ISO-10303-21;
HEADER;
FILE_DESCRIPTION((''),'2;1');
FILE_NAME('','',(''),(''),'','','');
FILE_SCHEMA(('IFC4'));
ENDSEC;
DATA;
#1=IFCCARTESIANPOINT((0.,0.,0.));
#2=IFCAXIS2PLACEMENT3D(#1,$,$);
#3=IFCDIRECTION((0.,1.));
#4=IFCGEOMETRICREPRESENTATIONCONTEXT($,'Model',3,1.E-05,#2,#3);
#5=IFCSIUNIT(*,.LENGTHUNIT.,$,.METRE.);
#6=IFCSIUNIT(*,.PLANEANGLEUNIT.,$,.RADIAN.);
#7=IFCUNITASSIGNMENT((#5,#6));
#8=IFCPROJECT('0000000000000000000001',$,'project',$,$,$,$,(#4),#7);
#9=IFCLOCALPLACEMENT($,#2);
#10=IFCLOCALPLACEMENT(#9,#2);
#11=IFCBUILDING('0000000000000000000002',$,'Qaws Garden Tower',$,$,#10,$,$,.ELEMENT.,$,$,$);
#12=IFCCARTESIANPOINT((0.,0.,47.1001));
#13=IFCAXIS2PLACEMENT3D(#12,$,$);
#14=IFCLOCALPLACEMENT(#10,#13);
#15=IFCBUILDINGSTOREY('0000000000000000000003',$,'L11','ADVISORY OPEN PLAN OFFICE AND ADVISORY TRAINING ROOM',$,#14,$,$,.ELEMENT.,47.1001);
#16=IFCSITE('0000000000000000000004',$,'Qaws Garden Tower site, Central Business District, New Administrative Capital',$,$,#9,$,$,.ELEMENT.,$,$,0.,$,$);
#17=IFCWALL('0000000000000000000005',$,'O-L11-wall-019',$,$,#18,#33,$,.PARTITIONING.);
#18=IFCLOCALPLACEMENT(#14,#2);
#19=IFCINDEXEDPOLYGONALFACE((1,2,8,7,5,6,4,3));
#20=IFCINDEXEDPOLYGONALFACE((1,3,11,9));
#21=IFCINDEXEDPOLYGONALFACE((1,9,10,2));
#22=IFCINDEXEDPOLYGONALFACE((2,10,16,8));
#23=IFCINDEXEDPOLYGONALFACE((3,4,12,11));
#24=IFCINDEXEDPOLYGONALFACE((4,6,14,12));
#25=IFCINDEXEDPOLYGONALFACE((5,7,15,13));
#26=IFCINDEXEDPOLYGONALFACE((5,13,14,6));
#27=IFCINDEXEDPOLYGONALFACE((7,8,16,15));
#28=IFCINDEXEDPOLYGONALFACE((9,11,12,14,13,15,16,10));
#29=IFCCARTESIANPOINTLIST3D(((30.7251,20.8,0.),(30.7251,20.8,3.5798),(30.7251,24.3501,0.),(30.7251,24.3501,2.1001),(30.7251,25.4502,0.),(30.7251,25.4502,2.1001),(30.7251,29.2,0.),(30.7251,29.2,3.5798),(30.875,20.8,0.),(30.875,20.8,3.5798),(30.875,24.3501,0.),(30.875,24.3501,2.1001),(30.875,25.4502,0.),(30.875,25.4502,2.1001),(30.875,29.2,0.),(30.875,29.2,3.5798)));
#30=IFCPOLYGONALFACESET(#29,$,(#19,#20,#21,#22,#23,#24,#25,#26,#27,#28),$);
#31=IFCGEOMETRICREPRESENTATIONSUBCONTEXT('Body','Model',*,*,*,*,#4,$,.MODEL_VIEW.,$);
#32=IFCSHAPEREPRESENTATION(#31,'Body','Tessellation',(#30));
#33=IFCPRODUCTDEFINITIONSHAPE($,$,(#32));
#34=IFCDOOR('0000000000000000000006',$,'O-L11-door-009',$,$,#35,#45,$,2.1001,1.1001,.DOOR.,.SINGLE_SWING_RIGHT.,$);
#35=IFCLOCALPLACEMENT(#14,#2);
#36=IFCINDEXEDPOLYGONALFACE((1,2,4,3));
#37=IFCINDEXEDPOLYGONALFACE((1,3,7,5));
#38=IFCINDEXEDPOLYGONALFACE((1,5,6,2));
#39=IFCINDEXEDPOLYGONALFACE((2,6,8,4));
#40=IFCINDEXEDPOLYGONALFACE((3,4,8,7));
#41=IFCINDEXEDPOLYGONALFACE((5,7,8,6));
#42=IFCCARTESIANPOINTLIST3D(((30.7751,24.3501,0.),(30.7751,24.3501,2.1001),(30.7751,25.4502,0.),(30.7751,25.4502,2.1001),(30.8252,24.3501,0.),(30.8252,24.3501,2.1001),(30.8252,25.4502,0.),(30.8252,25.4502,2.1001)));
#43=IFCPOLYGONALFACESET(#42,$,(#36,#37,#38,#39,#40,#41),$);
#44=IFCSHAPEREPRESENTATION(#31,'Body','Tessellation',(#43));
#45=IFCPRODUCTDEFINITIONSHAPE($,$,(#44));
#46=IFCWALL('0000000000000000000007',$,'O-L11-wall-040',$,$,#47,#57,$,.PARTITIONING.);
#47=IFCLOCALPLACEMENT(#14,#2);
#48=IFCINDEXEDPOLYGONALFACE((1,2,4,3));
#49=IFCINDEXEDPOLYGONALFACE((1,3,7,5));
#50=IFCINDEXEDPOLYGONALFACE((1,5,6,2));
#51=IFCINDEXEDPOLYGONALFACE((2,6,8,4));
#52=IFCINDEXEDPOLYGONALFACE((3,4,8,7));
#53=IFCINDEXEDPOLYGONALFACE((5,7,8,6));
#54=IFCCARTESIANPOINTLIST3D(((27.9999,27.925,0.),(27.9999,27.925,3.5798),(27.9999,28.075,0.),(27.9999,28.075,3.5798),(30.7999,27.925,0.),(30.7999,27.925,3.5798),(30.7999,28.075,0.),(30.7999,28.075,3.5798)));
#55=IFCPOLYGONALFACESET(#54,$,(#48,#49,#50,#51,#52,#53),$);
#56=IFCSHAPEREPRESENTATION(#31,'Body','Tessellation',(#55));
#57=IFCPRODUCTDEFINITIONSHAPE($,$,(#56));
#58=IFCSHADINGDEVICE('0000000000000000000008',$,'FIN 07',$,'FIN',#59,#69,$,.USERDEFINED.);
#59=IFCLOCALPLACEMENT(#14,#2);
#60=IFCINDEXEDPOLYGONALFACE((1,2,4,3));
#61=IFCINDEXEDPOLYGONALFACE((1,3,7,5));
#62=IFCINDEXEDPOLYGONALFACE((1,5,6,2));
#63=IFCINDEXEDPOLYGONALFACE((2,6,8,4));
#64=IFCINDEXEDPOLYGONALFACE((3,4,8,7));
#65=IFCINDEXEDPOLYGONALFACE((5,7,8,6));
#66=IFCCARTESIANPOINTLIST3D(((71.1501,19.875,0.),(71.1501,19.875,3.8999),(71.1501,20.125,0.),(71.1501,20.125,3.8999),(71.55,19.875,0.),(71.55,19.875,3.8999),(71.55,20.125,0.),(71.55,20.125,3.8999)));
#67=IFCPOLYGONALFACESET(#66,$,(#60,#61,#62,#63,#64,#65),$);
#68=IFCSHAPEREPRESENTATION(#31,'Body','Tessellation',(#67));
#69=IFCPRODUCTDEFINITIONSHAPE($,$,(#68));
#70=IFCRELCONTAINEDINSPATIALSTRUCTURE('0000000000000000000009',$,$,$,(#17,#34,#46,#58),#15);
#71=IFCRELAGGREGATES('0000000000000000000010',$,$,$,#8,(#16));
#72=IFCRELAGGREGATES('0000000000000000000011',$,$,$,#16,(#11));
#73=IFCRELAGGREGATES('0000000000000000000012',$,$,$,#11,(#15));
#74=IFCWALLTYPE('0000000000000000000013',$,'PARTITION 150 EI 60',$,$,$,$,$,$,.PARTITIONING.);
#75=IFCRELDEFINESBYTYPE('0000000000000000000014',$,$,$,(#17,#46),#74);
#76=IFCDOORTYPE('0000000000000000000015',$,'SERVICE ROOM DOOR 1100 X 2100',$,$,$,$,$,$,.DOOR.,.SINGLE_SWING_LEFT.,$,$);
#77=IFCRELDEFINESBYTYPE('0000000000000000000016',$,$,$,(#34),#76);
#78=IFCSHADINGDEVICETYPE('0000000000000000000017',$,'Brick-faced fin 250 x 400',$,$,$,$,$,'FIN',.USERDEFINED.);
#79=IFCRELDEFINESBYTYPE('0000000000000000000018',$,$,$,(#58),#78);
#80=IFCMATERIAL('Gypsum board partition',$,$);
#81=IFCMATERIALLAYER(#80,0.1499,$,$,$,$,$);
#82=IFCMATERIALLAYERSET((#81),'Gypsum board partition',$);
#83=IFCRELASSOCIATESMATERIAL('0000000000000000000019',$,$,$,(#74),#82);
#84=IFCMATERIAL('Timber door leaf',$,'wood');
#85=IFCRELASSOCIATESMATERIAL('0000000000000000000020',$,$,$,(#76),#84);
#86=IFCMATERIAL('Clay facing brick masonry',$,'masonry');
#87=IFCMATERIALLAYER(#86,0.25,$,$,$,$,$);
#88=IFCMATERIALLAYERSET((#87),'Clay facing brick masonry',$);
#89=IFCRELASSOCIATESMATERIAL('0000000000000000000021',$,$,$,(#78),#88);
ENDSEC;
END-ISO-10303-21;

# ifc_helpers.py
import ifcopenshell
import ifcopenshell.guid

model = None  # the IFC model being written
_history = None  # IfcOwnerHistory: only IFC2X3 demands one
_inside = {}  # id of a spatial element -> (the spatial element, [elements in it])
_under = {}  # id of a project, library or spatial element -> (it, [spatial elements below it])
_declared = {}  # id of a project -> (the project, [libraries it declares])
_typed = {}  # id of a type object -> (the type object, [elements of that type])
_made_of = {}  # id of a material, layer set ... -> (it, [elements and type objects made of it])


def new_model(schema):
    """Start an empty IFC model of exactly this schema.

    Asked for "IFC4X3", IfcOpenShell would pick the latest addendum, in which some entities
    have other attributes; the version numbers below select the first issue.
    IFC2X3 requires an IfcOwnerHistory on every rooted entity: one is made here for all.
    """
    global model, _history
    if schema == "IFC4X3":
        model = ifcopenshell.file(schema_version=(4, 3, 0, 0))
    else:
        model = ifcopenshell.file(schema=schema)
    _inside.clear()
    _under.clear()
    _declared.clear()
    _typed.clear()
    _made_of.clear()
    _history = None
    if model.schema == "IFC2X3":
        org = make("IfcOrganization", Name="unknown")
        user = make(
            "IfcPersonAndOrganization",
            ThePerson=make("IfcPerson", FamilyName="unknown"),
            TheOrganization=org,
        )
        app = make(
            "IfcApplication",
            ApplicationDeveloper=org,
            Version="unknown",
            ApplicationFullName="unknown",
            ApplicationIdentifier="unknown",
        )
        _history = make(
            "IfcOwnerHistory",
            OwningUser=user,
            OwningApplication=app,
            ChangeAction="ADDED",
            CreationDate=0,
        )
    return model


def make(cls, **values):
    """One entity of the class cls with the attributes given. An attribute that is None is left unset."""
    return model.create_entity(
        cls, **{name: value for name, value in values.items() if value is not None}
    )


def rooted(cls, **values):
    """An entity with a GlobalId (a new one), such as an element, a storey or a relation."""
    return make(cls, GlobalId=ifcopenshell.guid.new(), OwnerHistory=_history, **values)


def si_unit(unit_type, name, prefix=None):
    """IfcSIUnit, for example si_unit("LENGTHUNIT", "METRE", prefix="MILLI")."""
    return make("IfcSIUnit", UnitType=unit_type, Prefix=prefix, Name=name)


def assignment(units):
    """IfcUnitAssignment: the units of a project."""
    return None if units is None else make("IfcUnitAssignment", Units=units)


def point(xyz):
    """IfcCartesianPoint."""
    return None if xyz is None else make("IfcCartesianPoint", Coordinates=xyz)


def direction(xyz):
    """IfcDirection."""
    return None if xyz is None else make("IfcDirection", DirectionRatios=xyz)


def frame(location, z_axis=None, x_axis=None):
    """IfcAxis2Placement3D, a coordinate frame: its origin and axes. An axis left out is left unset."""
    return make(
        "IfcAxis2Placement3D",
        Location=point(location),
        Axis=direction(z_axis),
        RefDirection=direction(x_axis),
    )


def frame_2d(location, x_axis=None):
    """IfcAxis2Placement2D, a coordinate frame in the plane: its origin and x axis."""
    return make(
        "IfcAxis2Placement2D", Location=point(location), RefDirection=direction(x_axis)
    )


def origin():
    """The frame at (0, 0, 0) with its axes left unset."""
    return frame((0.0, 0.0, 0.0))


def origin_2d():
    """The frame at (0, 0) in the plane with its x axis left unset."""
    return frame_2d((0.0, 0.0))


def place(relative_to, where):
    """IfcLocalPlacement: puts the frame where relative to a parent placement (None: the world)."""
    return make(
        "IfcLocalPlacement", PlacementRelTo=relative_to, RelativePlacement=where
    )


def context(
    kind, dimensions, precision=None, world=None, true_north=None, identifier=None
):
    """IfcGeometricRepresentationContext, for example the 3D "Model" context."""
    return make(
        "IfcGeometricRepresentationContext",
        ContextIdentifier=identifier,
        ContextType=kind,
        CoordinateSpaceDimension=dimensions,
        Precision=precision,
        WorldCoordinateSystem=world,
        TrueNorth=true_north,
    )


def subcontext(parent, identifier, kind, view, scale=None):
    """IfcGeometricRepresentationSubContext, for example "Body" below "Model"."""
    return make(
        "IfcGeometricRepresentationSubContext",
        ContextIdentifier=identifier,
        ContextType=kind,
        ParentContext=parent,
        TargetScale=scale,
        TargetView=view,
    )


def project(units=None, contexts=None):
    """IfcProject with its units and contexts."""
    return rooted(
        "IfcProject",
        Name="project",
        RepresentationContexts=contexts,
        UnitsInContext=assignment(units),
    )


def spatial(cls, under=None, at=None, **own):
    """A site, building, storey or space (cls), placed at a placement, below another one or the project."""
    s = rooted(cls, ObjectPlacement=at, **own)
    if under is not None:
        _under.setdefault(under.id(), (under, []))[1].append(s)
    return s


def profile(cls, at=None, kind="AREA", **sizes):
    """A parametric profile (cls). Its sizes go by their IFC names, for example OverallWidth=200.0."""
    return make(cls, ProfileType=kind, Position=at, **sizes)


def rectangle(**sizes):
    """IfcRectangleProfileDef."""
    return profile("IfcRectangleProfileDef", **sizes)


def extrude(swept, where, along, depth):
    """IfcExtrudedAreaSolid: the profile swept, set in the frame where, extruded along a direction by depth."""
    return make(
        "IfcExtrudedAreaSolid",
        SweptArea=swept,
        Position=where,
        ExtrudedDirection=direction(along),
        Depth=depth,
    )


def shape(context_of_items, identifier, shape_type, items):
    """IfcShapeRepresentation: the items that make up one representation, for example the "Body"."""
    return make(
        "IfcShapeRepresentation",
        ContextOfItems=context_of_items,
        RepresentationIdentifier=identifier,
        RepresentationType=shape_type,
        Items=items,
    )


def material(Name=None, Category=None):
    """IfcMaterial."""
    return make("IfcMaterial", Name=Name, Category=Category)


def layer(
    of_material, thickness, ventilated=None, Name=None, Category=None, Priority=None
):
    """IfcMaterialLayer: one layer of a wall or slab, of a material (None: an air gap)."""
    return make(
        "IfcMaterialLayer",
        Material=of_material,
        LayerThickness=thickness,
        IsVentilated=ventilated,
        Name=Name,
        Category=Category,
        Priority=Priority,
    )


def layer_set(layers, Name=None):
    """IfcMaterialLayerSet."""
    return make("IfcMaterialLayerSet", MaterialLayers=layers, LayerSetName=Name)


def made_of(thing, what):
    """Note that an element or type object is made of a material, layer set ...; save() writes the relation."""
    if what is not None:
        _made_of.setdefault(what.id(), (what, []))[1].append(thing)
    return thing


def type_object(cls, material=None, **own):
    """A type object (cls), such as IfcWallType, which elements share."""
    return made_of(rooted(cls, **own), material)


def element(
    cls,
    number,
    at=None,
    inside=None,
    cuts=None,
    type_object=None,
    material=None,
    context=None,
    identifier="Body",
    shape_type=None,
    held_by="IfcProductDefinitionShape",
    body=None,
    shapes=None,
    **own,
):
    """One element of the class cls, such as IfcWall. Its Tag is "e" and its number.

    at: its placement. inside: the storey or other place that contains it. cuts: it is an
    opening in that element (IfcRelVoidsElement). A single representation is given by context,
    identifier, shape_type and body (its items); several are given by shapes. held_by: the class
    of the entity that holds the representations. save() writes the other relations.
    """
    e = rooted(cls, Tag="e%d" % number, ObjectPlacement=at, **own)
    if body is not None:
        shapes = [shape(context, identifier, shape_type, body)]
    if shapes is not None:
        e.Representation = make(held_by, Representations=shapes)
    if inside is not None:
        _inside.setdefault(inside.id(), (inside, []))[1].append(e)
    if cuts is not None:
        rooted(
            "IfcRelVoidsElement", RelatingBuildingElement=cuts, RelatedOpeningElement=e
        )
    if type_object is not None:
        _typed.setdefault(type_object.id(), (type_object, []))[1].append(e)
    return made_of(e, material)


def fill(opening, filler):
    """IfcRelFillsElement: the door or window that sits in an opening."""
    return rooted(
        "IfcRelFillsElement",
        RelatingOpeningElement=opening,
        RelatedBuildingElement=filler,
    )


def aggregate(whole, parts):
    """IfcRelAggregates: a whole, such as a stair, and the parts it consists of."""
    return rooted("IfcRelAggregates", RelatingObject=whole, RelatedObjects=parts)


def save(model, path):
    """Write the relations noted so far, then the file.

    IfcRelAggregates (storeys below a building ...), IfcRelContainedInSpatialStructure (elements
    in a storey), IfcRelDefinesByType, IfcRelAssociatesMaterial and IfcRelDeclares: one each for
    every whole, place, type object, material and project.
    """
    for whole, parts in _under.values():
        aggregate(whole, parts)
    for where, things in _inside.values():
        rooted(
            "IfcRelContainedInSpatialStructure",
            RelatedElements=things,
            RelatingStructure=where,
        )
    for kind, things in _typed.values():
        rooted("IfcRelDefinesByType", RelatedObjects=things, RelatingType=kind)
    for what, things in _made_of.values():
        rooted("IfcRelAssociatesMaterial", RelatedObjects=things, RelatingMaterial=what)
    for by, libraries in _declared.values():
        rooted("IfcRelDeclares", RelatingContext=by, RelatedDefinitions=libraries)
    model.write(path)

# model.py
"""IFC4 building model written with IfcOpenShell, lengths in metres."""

from ifc_helpers import new_model, si_unit, direction, frame, frame_2d, origin, origin_2d, place, context, subcontext, project, spatial, rectangle, extrude, material, layer, layer_set, type_object, element, fill, save


model = new_model("IFC4")

# Units and contexts
model_context = context("Model", 3, precision=1e-05, world=origin(), true_north=direction((0.0, 1.0)))
body_context = subcontext(model_context, "Body", "Model", "MODEL_VIEW")
ifc_project = project(units=[si_unit("LENGTHUNIT", "METRE"), si_unit("PLANEANGLEUNIT", "RADIAN")], contexts=[model_context])

# Site, building, storey
site_placement = place(None, origin())
site = spatial("IfcSite", under=ifc_project, at=site_placement, Name="Qaws Garden Tower site, Central Business District, New Administrative Capital", CompositionType="ELEMENT", RefElevation=0.0)
building_placement = place(site_placement, origin())
building = spatial("IfcBuilding", under=site, at=building_placement, Name="Qaws Garden Tower", CompositionType="ELEMENT")
storey_placement = place(building_placement, frame((0.0, 0.0, 47.1001)))
storey = spatial("IfcBuildingStorey", under=building, at=storey_placement, Name="L11", Description="ADVISORY OPEN PLAN OFFICE AND ADVISORY TRAINING ROOM", CompositionType="ELEMENT", Elevation=47.1001)

# Wall, opening, door
ifc_material_1 = material(Name="Gypsum board partition")
ifc_layer_1 = layer(ifc_material_1, 0.1499)
ifc_layer_set_1 = layer_set([ifc_layer_1], Name="Gypsum board partition")
wall_type = type_object("IfcWallType", Name="PARTITION 150 EI 60", PredefinedType="PARTITIONING", material=ifc_layer_set_1)
wall_1_placement = place(storey_placement, frame((30.8, 20.8, 0.0), z_axis=(0.0, 0.0, 1.0), x_axis=(0.0, 1.0, 0.0)))
wall_1 = element("IfcWall", 1, at=wall_1_placement, inside=storey, type_object=wall_type, Name="O-L11-wall-019", PredefinedType="PARTITIONING", context=body_context, shape_type="SweptSolid", body=[
    extrude(rectangle(XDim=8.3999, YDim=0.1499, at=frame_2d((4.2, 0.0))), origin(), (0.0, 0.0, 1.0), 3.5798),
])
opening_placement = place(wall_1_placement, frame((3.55, 0.0, 0.0)))
opening = element("IfcOpeningElement", 2, at=opening_placement, cuts=wall_1, PredefinedType="OPENING", context=body_context, shape_type="SweptSolid", body=[
    extrude(rectangle(XDim=1.1001, YDim=2.1001, at=frame_2d((0.55, 1.05))), frame((0.0, 0.085, 0.0), z_axis=(0.0, -1.0, 0.0), x_axis=(1.0, 0.0, 0.0)), (0.0, 0.0, 1.0), 0.1699),
])
ifc_material_2 = material(Name="Timber door leaf", Category="wood")
door_type = type_object("IfcDoorType", Name="SERVICE ROOM DOOR 1100 X 2100", OperationType="SINGLE_SWING_LEFT", PredefinedType="DOOR", material=ifc_material_2)
door_placement = place(opening_placement, origin())
door = element("IfcDoor", 3, at=door_placement, inside=storey, type_object=door_type, Name="O-L11-door-009", OperationType="SINGLE_SWING_RIGHT", OverallHeight=2.1001, OverallWidth=1.1001, PredefinedType="DOOR", context=body_context, shape_type="SweptSolid", body=[
    extrude(rectangle(XDim=1.1001, YDim=2.1001, at=frame_2d((0.55, 1.05))), frame((0.0, 0.0249, 0.0), z_axis=(0.0, -1.0, 0.0), x_axis=(1.0, 0.0, 0.0)), (0.0, 0.0, 1.0), 0.05),
])
fill(opening, door)

# Wall
wall_2_placement = place(storey_placement, frame((28.0, 28.0, 0.0), z_axis=(0.0, 0.0, 1.0), x_axis=(1.0, 0.0, 0.0)))
element("IfcWall", 4, at=wall_2_placement, inside=storey, type_object=wall_type, Name="O-L11-wall-040", PredefinedType="PARTITIONING", context=body_context, shape_type="SweptSolid", body=[
    extrude(rectangle(XDim=2.8, YDim=0.1499, at=frame_2d((1.3999, 0.0))), origin(), (0.0, 0.0, 1.0), 3.5798),
])

# Shading device
ifc_material_3 = material(Name="Clay facing brick masonry", Category="masonry")
ifc_layer_2 = layer(ifc_material_3, 0.25)
ifc_layer_set_2 = layer_set([ifc_layer_2], Name="Clay facing brick masonry")
shading_device_type = type_object("IfcShadingDeviceType", Name="Brick-faced fin 250 x 400", ElementType="FIN", PredefinedType="USERDEFINED", material=ifc_layer_set_2)
shading_device_placement = place(storey_placement, frame((71.3501, 20.0, 0.0), z_axis=(0.0, 0.0, 1.0), x_axis=(0.0, 1.0, 0.0)))
element("IfcShadingDevice", 5, at=shading_device_placement, inside=storey, type_object=shading_device_type, Name="FIN 07", ObjectType="FIN", PredefinedType="USERDEFINED", context=body_context, shape_type="SweptSolid", body=[
    extrude(rectangle(XDim=0.25, YDim=0.3999, at=origin_2d()), origin(), (0.0, 0.0, 1.0), 3.8999),
])

save(model, "model.ifc")
